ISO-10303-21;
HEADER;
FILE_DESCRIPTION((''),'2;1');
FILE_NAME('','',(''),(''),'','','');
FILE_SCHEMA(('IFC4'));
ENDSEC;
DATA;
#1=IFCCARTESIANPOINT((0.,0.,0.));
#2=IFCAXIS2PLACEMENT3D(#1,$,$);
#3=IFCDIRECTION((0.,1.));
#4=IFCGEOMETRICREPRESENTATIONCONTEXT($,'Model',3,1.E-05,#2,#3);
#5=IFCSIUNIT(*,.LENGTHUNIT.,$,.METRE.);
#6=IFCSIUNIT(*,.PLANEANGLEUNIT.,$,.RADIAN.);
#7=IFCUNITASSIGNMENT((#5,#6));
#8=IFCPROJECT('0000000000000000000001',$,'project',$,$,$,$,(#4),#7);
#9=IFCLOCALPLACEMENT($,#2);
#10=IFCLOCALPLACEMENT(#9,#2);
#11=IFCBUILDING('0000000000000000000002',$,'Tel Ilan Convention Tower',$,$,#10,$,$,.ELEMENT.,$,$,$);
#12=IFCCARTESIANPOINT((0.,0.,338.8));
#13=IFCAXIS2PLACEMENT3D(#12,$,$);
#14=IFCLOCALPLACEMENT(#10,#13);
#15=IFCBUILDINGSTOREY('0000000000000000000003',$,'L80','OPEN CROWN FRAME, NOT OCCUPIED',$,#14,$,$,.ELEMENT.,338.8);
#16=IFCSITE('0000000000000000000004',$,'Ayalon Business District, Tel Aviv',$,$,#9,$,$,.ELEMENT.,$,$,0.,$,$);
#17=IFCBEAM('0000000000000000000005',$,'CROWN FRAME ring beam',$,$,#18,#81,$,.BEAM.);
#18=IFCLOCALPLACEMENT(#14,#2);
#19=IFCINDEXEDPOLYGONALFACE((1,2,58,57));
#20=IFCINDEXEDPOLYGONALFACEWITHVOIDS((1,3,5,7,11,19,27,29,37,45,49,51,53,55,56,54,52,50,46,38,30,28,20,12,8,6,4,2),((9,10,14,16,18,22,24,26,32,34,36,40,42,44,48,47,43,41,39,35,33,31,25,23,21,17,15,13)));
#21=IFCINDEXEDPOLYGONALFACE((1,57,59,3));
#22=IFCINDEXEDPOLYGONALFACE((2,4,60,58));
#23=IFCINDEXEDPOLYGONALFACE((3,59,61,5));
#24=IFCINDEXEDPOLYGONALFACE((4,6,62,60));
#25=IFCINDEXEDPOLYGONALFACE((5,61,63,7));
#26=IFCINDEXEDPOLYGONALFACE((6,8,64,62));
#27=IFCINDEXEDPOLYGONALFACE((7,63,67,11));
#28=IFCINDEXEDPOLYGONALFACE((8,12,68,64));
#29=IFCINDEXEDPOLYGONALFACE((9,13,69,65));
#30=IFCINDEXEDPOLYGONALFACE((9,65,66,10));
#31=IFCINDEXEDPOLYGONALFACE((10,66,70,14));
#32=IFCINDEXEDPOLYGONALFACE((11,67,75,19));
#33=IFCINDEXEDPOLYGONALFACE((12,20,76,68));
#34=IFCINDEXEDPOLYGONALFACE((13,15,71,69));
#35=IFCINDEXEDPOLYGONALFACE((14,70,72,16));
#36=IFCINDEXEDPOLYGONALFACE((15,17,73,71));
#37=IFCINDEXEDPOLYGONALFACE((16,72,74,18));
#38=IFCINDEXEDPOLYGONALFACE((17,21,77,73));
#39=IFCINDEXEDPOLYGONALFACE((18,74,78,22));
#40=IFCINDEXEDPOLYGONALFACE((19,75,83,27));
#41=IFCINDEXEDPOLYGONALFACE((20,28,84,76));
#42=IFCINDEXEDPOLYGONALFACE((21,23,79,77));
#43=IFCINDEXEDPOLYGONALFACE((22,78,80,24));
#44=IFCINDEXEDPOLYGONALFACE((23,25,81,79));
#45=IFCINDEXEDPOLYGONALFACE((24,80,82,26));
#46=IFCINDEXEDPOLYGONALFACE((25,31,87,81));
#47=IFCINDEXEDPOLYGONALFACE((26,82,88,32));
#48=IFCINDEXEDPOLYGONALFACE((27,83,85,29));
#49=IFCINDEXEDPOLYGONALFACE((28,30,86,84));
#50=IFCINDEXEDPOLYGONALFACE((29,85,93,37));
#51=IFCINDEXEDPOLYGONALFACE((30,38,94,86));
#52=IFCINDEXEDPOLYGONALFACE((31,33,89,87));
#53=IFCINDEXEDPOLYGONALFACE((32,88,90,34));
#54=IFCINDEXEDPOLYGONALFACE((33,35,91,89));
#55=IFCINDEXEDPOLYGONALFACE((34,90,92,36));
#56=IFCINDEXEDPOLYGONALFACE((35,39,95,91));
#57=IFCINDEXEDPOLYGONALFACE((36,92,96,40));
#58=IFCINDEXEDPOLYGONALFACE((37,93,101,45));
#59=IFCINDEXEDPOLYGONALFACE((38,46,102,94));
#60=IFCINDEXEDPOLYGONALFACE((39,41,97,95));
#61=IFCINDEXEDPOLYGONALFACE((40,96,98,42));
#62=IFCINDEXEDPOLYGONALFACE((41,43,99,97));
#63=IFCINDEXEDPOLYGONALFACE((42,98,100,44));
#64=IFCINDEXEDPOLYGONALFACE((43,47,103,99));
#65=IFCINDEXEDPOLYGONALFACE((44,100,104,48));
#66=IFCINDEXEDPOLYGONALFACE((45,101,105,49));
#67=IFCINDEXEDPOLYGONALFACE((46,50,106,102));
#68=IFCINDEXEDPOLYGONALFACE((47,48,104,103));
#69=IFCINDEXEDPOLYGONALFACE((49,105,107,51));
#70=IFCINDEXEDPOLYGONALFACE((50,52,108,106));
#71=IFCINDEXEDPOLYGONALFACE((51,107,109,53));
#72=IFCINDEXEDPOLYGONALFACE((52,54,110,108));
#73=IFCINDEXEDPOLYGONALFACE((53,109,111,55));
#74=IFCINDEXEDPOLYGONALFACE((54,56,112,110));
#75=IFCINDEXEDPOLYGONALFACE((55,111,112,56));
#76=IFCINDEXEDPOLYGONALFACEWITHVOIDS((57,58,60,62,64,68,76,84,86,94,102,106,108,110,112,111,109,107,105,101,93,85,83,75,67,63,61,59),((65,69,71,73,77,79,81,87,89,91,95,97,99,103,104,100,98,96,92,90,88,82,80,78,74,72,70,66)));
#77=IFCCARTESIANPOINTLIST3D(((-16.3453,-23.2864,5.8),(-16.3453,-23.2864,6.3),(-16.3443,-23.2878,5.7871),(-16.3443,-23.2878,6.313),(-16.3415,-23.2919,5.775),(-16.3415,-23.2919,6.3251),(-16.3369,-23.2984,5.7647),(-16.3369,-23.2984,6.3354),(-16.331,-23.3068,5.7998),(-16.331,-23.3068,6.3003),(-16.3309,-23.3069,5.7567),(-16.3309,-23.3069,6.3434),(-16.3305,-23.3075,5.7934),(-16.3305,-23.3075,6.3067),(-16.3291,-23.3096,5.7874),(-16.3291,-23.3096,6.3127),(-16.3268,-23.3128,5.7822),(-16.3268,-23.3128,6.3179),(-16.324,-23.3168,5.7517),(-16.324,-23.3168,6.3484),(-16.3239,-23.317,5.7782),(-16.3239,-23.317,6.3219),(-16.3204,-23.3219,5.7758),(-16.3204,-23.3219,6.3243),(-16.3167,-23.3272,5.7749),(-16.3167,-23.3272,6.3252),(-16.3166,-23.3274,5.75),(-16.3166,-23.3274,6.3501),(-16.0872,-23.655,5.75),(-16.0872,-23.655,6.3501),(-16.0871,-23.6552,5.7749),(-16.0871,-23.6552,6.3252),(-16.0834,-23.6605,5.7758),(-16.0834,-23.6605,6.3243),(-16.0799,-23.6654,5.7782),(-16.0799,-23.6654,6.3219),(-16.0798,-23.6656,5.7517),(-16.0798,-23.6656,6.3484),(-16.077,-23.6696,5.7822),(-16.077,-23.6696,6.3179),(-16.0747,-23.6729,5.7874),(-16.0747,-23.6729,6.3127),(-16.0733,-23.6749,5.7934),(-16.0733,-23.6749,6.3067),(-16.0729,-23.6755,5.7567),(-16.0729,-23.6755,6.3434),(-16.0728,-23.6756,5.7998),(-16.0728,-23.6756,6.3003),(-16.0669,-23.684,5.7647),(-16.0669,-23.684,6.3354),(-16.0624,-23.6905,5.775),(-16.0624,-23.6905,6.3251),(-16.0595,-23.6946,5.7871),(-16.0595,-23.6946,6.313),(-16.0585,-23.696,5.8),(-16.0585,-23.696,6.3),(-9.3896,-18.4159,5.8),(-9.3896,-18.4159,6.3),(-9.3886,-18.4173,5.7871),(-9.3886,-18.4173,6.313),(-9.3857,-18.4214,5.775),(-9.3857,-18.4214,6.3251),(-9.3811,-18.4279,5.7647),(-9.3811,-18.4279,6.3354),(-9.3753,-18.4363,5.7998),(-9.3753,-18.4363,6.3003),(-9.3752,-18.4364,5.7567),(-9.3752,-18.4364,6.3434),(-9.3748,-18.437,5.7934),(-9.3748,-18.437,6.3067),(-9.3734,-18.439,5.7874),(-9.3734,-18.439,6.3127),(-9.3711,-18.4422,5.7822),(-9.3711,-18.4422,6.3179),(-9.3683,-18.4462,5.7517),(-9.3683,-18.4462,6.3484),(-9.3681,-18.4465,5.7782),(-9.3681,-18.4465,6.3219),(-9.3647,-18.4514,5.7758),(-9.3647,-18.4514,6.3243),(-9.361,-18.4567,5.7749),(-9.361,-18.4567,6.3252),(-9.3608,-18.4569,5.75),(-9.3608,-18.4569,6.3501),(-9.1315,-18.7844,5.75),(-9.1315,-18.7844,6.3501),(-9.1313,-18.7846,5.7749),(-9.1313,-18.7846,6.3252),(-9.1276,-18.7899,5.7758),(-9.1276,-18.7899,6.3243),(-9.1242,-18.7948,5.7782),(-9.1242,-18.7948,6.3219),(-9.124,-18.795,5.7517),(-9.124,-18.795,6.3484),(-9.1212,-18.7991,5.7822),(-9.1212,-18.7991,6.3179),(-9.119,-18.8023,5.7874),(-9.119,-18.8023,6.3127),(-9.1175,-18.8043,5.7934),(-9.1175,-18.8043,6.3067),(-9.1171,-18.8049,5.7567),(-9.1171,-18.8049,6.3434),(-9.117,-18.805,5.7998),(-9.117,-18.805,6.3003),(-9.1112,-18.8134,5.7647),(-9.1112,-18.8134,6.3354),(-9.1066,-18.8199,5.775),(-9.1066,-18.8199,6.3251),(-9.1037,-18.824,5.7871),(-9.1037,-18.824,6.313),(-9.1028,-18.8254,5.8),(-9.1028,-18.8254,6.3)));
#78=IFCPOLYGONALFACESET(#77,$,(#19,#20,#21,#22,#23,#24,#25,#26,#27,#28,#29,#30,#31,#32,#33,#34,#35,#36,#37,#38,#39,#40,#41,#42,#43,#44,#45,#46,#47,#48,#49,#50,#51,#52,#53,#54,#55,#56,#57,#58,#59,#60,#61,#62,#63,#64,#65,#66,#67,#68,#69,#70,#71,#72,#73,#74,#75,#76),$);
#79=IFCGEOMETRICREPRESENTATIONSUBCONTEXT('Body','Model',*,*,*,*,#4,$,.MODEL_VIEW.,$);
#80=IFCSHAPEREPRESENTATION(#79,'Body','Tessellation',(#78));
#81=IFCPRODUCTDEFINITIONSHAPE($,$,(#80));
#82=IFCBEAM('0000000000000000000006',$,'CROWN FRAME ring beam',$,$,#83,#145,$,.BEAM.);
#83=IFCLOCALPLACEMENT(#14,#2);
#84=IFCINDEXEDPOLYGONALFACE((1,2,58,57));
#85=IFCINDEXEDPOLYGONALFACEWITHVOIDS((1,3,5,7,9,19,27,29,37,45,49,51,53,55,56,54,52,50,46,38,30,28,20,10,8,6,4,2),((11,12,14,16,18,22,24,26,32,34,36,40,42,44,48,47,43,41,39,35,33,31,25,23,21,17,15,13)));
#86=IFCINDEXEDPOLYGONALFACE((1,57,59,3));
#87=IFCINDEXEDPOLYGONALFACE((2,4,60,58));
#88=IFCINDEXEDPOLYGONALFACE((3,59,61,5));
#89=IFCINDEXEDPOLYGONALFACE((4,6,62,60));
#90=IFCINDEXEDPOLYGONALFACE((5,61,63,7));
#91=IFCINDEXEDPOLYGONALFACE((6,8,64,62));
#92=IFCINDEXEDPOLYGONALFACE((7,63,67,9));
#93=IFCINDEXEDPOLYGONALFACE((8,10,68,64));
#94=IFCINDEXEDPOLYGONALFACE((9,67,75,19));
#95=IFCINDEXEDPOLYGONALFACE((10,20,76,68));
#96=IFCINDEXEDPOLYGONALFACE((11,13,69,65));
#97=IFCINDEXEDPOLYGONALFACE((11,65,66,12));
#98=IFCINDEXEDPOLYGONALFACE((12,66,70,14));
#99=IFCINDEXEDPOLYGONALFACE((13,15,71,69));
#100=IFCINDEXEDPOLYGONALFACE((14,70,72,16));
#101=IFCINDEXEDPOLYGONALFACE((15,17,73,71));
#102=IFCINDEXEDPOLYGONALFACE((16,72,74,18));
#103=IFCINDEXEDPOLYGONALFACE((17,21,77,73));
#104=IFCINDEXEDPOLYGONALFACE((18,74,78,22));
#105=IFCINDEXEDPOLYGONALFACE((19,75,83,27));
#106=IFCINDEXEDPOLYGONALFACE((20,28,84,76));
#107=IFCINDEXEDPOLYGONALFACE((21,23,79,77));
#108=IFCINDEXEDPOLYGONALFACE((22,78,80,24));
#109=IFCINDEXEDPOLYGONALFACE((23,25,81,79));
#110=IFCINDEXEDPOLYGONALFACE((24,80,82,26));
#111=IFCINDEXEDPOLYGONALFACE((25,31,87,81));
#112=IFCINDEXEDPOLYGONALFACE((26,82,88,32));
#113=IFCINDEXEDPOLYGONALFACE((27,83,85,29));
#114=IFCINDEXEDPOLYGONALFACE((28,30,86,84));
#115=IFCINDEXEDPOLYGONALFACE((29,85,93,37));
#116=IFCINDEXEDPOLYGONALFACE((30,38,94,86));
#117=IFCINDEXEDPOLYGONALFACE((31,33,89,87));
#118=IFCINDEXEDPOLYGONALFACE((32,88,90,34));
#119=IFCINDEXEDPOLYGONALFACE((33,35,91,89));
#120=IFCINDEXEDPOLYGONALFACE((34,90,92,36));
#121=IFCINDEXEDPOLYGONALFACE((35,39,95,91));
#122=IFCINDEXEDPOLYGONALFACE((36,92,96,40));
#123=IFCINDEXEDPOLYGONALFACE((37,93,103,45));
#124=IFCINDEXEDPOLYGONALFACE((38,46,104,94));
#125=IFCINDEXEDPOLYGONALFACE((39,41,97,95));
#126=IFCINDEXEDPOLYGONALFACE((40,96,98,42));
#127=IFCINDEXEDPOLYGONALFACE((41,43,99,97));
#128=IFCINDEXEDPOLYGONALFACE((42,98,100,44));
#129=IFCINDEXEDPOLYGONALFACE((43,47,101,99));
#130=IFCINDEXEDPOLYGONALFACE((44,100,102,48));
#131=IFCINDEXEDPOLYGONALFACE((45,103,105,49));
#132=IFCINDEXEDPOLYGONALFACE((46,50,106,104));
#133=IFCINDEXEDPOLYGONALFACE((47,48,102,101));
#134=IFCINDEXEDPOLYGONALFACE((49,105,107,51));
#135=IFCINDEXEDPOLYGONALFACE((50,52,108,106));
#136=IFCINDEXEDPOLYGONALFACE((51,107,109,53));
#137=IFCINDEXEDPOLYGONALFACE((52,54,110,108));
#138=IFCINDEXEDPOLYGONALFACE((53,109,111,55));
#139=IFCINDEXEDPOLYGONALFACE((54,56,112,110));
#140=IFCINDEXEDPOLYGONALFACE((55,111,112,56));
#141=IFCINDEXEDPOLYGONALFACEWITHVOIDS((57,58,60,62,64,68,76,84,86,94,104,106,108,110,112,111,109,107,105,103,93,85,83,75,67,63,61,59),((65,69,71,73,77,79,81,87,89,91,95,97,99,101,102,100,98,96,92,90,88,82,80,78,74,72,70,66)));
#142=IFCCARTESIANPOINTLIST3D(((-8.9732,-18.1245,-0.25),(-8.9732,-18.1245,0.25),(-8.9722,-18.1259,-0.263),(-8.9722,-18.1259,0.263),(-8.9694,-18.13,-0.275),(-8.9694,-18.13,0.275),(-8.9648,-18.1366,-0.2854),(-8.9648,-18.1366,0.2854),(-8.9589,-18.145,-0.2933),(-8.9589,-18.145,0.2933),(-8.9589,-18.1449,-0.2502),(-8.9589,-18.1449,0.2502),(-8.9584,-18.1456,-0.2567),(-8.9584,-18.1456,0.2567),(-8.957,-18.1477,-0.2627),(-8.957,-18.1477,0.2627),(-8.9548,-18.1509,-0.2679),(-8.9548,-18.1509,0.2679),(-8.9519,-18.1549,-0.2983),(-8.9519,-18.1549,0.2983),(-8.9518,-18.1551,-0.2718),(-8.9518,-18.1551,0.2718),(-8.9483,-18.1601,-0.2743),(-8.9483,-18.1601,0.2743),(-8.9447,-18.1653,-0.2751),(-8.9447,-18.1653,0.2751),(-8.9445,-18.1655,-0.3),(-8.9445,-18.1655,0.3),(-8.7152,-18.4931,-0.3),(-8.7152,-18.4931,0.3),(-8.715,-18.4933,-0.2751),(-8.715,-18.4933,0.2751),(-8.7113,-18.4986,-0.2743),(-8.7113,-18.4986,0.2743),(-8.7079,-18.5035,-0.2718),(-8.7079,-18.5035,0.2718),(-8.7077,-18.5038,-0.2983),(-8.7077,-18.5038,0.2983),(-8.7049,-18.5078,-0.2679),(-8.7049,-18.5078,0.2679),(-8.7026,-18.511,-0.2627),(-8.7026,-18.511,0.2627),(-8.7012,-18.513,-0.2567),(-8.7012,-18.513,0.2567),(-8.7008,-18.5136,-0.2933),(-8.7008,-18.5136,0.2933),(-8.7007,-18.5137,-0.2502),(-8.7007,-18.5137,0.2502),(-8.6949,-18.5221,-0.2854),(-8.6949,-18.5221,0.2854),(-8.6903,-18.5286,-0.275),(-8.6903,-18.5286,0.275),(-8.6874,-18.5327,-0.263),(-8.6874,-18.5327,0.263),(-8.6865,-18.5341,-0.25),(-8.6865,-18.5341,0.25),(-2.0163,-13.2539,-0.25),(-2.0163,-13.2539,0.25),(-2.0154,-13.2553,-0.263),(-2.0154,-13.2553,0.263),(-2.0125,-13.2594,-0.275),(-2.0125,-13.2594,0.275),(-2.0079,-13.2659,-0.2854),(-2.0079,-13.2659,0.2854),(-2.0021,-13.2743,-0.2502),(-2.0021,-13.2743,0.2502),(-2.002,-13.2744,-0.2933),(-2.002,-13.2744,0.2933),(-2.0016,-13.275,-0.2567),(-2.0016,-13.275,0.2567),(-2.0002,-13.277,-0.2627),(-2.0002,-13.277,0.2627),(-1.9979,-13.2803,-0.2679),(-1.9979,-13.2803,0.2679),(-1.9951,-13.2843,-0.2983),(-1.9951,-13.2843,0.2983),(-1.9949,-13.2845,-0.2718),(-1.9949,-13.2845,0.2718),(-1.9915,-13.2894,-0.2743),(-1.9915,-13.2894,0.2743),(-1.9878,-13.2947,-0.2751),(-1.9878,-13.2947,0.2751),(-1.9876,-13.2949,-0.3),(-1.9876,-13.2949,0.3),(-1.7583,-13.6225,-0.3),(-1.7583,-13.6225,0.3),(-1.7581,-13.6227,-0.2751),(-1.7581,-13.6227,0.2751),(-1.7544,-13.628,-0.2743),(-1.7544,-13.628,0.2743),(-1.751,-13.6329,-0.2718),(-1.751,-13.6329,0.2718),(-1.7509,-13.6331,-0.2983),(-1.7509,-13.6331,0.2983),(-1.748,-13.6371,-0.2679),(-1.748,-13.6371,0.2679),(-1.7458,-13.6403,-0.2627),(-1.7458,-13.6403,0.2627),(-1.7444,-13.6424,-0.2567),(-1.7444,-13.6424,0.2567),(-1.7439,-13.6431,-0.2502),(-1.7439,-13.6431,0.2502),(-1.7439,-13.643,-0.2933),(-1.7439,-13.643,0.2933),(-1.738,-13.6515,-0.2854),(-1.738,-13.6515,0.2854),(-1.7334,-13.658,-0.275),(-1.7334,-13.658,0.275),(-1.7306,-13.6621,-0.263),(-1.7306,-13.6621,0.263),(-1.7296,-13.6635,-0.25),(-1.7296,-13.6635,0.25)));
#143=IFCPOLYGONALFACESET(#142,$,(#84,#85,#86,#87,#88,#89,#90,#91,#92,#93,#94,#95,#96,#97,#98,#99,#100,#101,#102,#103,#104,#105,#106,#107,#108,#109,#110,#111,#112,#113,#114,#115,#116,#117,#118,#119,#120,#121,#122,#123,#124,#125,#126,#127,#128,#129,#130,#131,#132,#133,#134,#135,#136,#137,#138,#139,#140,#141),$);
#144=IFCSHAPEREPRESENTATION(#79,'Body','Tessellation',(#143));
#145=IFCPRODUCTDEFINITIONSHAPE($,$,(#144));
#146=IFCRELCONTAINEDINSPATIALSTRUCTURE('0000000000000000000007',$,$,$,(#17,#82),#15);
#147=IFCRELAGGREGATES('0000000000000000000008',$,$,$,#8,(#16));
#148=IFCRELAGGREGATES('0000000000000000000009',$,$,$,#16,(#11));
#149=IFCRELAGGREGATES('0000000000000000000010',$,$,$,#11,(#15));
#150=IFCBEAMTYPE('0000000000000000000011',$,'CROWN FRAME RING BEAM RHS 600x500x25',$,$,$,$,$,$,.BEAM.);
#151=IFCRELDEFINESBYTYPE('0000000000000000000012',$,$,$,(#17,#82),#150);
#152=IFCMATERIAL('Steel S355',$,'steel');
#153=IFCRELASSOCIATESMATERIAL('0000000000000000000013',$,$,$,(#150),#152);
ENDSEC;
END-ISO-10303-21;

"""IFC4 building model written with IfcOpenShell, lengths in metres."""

from ifc_helpers import new_model, si_unit, direction, frame, origin, origin_2d, place, context, subcontext, project, spatial, hollow_rectangle, extrude, material, material_profile, profile_set, type_object, element, save


model = new_model("IFC4")

# Units and contexts
model_context = context("Model", 3, precision=1e-05, world=origin(), true_north=direction((0.0, 1.0)))
body_context = subcontext(model_context, "Body", "Model", "MODEL_VIEW")
ifc_project = project(units=[si_unit("LENGTHUNIT", "METRE"), si_unit("PLANEANGLEUNIT", "RADIAN")], contexts=[model_context])

# Site, building, storey
site_placement = place(None, origin())
site = spatial("IfcSite", under=ifc_project, at=site_placement, Name="Ayalon Business District, Tel Aviv", CompositionType="ELEMENT", RefElevation=0.0)
building_placement = place(site_placement, origin())
building = spatial("IfcBuilding", under=site, at=building_placement, Name="Tel Ilan Convention Tower", CompositionType="ELEMENT")
storey_placement = place(building_placement, frame((0.0, 0.0, 338.8)))
storey = spatial("IfcBuildingStorey", under=building, at=storey_placement, Name="L80", Description="OPEN CROWN FRAME, NOT OCCUPIED", CompositionType="ELEMENT", Elevation=338.8)

# Beams
ifc_material_1 = material(Name="Steel S355", Category="steel")
ifc_material_profile_1 = material_profile(ifc_material_1, hollow_rectangle(XDim=0.5, YDim=0.6001, WallThickness=0.0249, InnerFilletRadius=0.0249, OuterFilletRadius=0.05, at=origin_2d()), Name="RHS 600x500x25")
ifc_profile_set_1 = profile_set([ifc_material_profile_1], Name="Steel S355")
beam_type = type_object("IfcBeamType", Name="CROWN FRAME RING BEAM RHS 600x500x25", PredefinedType="BEAM", material=ifc_profile_set_1)
for number, where, z_axis, x_axis, name in (
    (1, (-16.2019, -23.4912, 6.05), (0.819147, 0.573584, 0.0), (-0.573584, 0.819147, 0.0), "CROWN FRAME ring beam"),
):
    element("IfcBeam", number, at=place(storey_placement, frame(where, z_axis=z_axis, x_axis=x_axis)), inside=storey, type_object=beam_type, Name=name, PredefinedType="BEAM", context=body_context, shape_type="SweptSolid", body=[
        extrude(hollow_rectangle(XDim=0.5, YDim=0.6001, WallThickness=0.0249, InnerFilletRadius=0.0249, OuterFilletRadius=0.05, at=origin_2d()), origin(), (0.0, 0.0, 1.0), 8.4915),
    ])
for number, where, z_axis, x_axis, name in (
    (2, (-8.8298, -18.3293, 0.0), (0.819185, 0.57353, 0.0), (-0.57353, 0.819185, 0.0), "CROWN FRAME ring beam"),
):
    element("IfcBeam", number, at=place(storey_placement, frame(where, z_axis=z_axis, x_axis=x_axis)), inside=storey, type_object=beam_type, Name=name, PredefinedType="BEAM", context=body_context, shape_type="SweptSolid", body=[
        extrude(hollow_rectangle(XDim=0.5, YDim=0.6001, WallThickness=0.0249, InnerFilletRadius=0.0249, OuterFilletRadius=0.05, at=origin_2d()), origin(), (0.0, 0.0, 1.0), 8.4924),
    ])

save(model, "model.ifc")
